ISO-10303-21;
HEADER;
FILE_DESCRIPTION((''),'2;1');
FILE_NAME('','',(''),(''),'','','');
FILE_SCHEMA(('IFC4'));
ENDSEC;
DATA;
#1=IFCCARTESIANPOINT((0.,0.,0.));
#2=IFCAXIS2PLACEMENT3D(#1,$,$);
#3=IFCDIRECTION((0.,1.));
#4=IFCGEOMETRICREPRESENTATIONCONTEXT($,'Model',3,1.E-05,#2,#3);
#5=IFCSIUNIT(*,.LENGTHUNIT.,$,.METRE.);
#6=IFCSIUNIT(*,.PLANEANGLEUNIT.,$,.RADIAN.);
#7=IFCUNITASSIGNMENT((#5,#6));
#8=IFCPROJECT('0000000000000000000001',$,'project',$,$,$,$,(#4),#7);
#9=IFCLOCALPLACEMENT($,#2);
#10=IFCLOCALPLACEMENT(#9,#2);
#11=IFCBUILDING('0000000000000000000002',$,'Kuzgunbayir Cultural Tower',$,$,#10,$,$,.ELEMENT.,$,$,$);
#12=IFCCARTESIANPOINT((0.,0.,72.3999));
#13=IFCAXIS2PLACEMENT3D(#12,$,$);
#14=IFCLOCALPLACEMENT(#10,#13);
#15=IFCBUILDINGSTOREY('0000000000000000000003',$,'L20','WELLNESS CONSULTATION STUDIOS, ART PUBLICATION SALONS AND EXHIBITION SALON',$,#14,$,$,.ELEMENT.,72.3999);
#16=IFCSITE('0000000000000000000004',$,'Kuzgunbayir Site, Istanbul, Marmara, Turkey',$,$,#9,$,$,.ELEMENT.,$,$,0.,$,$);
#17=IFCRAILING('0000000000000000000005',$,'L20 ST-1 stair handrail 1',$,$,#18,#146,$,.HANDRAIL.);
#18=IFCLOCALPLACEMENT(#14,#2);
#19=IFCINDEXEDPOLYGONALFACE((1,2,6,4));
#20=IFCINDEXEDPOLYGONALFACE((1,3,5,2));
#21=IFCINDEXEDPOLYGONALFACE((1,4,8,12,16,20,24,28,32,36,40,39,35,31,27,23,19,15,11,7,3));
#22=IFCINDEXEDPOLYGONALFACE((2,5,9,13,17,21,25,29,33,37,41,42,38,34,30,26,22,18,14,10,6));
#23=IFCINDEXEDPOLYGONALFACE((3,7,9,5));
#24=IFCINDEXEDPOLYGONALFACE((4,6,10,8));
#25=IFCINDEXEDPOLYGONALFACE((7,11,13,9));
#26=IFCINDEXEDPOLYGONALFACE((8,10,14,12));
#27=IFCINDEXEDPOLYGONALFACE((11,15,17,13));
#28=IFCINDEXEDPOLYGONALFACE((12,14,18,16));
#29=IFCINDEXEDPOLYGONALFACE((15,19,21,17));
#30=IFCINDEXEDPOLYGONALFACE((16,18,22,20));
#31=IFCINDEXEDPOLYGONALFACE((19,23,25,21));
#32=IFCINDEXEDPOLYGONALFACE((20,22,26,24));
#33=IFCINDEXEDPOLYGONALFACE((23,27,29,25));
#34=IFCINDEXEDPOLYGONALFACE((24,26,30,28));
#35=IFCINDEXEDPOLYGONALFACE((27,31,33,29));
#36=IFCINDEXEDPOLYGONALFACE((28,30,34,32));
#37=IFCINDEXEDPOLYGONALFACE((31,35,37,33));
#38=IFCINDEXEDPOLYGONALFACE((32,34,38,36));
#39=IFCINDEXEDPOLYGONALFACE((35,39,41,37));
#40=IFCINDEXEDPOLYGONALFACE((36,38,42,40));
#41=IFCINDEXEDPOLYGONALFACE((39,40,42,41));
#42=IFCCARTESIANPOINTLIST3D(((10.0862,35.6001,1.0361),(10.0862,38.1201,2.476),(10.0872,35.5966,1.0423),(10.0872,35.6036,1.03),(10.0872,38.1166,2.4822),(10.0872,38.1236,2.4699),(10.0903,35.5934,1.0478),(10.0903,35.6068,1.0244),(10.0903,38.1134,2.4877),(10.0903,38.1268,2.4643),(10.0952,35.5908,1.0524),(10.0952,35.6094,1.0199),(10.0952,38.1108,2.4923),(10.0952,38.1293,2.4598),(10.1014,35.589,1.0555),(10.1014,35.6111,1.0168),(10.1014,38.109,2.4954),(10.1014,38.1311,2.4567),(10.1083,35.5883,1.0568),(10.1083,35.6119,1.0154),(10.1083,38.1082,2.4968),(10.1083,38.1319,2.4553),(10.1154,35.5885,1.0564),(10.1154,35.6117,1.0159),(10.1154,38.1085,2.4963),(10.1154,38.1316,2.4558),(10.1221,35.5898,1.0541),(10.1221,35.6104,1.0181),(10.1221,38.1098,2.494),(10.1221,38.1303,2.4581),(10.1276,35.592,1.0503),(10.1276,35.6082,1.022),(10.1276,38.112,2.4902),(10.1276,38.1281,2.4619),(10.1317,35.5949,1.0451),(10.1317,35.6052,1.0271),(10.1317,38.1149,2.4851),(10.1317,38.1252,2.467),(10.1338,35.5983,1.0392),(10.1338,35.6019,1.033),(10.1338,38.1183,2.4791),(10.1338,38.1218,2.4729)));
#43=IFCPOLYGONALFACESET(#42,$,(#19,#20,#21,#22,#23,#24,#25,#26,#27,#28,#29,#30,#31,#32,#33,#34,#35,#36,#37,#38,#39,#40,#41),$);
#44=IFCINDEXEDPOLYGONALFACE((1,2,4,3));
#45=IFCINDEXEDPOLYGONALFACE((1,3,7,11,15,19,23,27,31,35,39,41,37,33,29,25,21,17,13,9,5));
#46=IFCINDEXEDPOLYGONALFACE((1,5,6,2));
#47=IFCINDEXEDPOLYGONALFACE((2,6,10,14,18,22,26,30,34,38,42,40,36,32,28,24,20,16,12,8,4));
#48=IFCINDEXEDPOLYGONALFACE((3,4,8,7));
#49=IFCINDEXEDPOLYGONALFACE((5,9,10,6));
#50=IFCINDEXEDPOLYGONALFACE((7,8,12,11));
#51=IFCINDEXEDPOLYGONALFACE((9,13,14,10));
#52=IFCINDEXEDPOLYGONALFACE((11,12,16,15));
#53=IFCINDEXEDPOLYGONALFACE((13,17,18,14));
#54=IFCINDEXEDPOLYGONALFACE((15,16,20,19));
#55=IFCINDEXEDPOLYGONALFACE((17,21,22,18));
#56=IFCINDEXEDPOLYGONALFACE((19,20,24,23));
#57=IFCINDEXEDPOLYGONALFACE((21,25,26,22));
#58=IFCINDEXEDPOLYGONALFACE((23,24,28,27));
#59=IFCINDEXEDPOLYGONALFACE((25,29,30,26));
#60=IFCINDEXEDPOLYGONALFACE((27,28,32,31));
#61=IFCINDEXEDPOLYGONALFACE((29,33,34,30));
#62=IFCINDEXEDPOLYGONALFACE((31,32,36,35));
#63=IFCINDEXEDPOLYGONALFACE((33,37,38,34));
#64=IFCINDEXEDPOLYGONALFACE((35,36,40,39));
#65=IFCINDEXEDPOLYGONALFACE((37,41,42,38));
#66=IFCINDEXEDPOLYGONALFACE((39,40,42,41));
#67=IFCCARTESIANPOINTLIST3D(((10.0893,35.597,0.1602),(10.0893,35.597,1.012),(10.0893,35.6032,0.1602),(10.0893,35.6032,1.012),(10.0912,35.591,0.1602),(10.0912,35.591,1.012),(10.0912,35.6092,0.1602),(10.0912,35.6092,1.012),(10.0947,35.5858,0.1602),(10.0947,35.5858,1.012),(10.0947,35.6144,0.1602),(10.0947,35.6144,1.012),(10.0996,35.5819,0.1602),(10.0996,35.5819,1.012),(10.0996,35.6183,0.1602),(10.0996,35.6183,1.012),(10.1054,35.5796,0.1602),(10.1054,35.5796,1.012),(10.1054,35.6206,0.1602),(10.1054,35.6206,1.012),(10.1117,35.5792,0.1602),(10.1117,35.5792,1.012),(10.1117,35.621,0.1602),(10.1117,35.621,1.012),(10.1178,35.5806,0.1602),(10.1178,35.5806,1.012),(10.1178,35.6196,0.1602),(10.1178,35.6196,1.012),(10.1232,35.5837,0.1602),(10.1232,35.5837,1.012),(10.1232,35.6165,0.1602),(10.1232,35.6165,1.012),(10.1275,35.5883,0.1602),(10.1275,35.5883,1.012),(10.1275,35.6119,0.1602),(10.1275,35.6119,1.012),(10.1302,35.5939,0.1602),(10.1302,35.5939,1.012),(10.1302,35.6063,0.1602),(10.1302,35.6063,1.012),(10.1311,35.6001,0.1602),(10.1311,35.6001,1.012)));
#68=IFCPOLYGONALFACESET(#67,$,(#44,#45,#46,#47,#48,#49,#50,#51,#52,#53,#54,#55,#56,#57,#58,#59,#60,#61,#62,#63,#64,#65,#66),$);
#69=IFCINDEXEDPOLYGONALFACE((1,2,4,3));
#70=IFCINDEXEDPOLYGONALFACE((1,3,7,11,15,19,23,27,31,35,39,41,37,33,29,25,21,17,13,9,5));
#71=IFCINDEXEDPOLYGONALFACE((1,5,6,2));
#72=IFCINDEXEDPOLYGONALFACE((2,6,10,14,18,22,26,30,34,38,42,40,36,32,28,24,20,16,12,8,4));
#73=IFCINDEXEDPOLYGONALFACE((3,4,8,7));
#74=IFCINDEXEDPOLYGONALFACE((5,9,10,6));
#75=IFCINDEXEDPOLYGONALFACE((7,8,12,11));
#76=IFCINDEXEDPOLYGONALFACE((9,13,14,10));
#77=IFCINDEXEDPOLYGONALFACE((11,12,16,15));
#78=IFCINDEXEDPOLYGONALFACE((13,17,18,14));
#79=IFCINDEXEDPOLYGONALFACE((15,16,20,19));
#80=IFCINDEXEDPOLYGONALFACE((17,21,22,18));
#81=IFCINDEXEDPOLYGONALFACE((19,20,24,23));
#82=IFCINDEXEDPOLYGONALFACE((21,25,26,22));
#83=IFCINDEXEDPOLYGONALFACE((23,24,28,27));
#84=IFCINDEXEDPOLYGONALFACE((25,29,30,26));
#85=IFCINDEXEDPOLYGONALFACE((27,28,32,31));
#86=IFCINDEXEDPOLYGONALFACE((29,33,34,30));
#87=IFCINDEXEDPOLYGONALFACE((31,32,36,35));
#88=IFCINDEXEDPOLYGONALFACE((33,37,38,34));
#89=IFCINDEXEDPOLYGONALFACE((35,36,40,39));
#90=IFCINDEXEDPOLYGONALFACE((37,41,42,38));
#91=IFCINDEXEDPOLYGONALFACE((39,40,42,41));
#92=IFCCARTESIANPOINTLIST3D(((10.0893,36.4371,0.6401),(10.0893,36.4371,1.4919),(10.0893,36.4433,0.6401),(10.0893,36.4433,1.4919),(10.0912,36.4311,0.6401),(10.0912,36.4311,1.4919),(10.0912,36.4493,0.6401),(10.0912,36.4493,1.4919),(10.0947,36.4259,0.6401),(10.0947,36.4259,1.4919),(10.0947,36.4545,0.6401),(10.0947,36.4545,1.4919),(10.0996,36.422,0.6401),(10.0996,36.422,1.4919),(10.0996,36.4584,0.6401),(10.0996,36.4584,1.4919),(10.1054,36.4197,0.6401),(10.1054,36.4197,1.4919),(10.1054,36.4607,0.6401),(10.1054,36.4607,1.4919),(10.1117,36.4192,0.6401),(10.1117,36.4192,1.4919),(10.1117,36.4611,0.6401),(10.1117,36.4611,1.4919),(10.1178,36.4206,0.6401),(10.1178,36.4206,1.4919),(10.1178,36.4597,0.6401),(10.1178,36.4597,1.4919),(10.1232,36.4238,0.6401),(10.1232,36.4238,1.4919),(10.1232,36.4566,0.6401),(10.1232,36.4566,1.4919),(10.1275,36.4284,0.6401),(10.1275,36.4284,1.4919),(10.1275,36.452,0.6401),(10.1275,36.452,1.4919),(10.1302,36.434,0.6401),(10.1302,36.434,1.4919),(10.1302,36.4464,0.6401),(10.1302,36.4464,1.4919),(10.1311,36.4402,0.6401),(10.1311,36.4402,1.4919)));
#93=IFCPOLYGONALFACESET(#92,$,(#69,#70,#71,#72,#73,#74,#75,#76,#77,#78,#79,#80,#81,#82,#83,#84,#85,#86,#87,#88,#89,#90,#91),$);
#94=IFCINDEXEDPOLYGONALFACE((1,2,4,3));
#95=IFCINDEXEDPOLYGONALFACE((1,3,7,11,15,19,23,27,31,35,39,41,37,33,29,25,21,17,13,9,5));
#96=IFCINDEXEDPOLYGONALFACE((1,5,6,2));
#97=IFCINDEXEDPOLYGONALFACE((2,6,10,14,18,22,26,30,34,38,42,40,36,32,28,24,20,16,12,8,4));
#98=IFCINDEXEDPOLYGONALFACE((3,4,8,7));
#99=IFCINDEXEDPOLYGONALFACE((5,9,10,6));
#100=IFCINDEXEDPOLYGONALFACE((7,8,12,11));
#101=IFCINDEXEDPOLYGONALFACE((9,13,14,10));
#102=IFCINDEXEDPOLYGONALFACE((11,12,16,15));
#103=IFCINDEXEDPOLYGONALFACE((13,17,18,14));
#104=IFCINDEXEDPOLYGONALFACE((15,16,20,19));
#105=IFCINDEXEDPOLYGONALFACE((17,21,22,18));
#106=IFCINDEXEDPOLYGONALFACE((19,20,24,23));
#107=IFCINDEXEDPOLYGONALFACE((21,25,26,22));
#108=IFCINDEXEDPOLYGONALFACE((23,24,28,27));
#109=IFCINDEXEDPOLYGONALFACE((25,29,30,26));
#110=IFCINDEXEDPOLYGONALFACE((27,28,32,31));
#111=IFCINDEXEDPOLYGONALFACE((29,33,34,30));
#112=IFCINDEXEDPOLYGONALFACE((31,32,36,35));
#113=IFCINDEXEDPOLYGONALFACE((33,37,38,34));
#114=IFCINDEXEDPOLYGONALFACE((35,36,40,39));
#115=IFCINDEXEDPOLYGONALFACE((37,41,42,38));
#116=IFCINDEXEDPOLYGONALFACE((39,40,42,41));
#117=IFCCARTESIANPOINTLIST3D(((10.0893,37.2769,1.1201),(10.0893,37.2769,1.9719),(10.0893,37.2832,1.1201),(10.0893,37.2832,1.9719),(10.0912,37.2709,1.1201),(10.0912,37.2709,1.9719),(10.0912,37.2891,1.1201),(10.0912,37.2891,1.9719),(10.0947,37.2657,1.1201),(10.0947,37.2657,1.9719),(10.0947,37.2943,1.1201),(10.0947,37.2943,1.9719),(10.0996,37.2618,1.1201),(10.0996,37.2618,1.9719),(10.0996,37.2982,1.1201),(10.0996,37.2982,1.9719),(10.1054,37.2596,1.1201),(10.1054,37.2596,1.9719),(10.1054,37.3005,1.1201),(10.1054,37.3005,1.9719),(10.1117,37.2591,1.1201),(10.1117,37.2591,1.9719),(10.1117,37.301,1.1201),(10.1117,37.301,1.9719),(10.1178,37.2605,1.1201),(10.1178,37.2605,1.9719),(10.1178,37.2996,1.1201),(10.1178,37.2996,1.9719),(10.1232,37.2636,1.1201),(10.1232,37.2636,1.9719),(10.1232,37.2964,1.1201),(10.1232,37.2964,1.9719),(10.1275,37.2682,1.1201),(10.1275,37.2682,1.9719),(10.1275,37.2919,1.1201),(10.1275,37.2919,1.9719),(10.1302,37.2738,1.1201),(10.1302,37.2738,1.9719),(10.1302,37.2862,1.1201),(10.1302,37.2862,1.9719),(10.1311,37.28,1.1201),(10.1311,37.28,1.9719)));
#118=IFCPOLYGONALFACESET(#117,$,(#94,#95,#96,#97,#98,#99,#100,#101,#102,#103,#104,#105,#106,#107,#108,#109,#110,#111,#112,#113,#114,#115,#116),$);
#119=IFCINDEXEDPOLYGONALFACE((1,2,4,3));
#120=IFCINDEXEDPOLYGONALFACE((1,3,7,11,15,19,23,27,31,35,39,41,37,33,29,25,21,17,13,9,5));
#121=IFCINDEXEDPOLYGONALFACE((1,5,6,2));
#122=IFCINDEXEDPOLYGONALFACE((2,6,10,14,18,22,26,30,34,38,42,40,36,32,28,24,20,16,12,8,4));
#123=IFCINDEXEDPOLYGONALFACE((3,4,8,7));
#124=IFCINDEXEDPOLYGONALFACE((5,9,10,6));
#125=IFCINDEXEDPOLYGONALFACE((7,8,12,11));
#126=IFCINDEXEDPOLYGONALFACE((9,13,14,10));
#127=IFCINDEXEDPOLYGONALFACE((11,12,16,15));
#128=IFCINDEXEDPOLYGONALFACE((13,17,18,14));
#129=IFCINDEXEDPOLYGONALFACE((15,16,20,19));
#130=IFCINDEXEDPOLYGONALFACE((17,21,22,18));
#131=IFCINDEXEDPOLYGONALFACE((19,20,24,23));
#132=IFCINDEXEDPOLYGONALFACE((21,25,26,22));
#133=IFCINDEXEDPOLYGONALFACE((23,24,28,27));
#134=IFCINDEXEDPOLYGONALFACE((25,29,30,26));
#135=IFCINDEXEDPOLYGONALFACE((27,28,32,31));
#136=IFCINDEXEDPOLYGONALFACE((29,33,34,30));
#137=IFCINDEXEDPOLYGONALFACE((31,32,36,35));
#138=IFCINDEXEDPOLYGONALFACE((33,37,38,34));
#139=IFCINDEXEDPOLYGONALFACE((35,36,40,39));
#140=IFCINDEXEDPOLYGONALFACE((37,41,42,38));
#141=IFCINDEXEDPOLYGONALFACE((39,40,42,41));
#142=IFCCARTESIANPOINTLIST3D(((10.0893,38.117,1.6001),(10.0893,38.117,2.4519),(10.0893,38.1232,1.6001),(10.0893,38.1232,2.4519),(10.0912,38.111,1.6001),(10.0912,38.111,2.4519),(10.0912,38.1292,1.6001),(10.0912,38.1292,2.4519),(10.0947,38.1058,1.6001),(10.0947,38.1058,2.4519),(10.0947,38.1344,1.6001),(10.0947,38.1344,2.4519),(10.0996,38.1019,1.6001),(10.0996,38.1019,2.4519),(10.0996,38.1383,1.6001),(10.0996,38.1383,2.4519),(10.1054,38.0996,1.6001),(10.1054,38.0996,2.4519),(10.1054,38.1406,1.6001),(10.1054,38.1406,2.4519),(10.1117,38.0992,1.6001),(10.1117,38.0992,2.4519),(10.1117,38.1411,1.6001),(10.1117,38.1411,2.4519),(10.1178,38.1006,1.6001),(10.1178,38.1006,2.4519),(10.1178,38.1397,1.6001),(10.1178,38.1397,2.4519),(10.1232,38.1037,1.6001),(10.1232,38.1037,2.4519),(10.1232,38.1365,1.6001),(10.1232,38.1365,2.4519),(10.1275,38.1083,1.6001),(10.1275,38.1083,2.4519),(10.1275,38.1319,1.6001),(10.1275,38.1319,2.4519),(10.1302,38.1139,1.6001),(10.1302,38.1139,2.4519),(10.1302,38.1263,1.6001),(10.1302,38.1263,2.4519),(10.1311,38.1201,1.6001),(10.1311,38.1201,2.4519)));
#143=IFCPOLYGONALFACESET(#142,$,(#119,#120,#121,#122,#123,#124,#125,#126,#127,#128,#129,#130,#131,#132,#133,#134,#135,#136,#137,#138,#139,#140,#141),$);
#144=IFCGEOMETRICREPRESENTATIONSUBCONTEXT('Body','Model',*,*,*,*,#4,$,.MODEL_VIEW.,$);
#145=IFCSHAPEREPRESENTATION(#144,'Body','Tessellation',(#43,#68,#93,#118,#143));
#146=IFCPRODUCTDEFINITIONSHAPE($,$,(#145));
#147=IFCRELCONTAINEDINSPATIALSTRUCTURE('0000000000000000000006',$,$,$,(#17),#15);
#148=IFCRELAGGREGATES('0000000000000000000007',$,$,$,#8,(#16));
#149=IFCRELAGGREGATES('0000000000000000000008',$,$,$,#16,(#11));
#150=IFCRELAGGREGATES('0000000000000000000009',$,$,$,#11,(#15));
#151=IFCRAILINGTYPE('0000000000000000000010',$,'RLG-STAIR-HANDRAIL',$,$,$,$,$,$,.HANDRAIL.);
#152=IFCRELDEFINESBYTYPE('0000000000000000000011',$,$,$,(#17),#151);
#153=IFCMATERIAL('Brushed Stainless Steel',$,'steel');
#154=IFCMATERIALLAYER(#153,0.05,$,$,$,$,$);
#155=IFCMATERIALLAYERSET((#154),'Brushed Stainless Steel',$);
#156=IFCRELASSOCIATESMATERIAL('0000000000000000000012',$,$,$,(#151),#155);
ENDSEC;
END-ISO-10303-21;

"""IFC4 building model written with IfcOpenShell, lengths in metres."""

from ifc_helpers import new_model, si_unit, direction, frame, origin, origin_2d, place, context, subcontext, project, spatial, circle, extrude, material, layer, layer_set, type_object, element, save


model = new_model("IFC4")

# Units and contexts
model_context = context("Model", 3, precision=1e-05, world=origin(), true_north=direction((0.0, 1.0)))
body_context = subcontext(model_context, "Body", "Model", "MODEL_VIEW")
ifc_project = project(units=[si_unit("LENGTHUNIT", "METRE"), si_unit("PLANEANGLEUNIT", "RADIAN")], contexts=[model_context])

# Site, building, storey
site_placement = place(None, origin())
site = spatial("IfcSite", under=ifc_project, at=site_placement, Name="Kuzgunbayir Site, Istanbul, Marmara, Turkey", CompositionType="ELEMENT", RefElevation=0.0)
building_placement = place(site_placement, origin())
building = spatial("IfcBuilding", under=site, at=building_placement, Name="Kuzgunbayir Cultural Tower", CompositionType="ELEMENT")
storey_placement = place(building_placement, frame((0.0, 0.0, 72.3999)))
storey = spatial("IfcBuildingStorey", under=building, at=storey_placement, Name="L20", Description="WELLNESS CONSULTATION STUDIOS, ART PUBLICATION SALONS AND EXHIBITION SALON", CompositionType="ELEMENT", Elevation=72.3999)

# Shared definitions
ifc_material_1 = material(Name="Brushed Stainless Steel", Category="steel")

# Railing
ifc_layer_1 = layer(ifc_material_1, 0.05)
ifc_layer_set_1 = layer_set([ifc_layer_1], Name="Brushed Stainless Steel")
railing_type_1 = type_object("IfcRailingType", Name="RLG-STAIR-HANDRAIL", PredefinedType="HANDRAIL", material=ifc_layer_set_1)
railing_1_placement = place(storey_placement, frame((10.1101, 35.6001, 0.1602)))
element("IfcRailing", 1, at=railing_1_placement, inside=storey, type_object=railing_type_1, Name="L20 ST-1 stair handrail 1", PredefinedType="HANDRAIL", context=body_context, shape_type="SweptSolid", body=[
    extrude(circle(Radius=0.0239, at=origin_2d()), frame((0.0, 0.0, 0.876), z_axis=(0.0, 0.868253, 0.496121), x_axis=(-1.0, 0.0, 0.0)), (0.0, 0.0, 1.0), 2.9023),
    extrude(circle(Radius=0.021, at=origin_2d()), origin(), (0.0, 0.0, 1.0), 0.8518),
    extrude(circle(Radius=0.021, at=origin_2d()), frame((0.0, 0.8401, 0.48)), (0.0, 0.0, 1.0), 0.8518),
    extrude(circle(Radius=0.021, at=origin_2d()), frame((0.0, 1.6799, 0.96)), (0.0, 0.0, 1.0), 0.8518),
    extrude(circle(Radius=0.021, at=origin_2d()), frame((0.0, 2.52, 1.4399)), (0.0, 0.0, 1.0), 0.8518),
])

save(model, "model.ifc")
